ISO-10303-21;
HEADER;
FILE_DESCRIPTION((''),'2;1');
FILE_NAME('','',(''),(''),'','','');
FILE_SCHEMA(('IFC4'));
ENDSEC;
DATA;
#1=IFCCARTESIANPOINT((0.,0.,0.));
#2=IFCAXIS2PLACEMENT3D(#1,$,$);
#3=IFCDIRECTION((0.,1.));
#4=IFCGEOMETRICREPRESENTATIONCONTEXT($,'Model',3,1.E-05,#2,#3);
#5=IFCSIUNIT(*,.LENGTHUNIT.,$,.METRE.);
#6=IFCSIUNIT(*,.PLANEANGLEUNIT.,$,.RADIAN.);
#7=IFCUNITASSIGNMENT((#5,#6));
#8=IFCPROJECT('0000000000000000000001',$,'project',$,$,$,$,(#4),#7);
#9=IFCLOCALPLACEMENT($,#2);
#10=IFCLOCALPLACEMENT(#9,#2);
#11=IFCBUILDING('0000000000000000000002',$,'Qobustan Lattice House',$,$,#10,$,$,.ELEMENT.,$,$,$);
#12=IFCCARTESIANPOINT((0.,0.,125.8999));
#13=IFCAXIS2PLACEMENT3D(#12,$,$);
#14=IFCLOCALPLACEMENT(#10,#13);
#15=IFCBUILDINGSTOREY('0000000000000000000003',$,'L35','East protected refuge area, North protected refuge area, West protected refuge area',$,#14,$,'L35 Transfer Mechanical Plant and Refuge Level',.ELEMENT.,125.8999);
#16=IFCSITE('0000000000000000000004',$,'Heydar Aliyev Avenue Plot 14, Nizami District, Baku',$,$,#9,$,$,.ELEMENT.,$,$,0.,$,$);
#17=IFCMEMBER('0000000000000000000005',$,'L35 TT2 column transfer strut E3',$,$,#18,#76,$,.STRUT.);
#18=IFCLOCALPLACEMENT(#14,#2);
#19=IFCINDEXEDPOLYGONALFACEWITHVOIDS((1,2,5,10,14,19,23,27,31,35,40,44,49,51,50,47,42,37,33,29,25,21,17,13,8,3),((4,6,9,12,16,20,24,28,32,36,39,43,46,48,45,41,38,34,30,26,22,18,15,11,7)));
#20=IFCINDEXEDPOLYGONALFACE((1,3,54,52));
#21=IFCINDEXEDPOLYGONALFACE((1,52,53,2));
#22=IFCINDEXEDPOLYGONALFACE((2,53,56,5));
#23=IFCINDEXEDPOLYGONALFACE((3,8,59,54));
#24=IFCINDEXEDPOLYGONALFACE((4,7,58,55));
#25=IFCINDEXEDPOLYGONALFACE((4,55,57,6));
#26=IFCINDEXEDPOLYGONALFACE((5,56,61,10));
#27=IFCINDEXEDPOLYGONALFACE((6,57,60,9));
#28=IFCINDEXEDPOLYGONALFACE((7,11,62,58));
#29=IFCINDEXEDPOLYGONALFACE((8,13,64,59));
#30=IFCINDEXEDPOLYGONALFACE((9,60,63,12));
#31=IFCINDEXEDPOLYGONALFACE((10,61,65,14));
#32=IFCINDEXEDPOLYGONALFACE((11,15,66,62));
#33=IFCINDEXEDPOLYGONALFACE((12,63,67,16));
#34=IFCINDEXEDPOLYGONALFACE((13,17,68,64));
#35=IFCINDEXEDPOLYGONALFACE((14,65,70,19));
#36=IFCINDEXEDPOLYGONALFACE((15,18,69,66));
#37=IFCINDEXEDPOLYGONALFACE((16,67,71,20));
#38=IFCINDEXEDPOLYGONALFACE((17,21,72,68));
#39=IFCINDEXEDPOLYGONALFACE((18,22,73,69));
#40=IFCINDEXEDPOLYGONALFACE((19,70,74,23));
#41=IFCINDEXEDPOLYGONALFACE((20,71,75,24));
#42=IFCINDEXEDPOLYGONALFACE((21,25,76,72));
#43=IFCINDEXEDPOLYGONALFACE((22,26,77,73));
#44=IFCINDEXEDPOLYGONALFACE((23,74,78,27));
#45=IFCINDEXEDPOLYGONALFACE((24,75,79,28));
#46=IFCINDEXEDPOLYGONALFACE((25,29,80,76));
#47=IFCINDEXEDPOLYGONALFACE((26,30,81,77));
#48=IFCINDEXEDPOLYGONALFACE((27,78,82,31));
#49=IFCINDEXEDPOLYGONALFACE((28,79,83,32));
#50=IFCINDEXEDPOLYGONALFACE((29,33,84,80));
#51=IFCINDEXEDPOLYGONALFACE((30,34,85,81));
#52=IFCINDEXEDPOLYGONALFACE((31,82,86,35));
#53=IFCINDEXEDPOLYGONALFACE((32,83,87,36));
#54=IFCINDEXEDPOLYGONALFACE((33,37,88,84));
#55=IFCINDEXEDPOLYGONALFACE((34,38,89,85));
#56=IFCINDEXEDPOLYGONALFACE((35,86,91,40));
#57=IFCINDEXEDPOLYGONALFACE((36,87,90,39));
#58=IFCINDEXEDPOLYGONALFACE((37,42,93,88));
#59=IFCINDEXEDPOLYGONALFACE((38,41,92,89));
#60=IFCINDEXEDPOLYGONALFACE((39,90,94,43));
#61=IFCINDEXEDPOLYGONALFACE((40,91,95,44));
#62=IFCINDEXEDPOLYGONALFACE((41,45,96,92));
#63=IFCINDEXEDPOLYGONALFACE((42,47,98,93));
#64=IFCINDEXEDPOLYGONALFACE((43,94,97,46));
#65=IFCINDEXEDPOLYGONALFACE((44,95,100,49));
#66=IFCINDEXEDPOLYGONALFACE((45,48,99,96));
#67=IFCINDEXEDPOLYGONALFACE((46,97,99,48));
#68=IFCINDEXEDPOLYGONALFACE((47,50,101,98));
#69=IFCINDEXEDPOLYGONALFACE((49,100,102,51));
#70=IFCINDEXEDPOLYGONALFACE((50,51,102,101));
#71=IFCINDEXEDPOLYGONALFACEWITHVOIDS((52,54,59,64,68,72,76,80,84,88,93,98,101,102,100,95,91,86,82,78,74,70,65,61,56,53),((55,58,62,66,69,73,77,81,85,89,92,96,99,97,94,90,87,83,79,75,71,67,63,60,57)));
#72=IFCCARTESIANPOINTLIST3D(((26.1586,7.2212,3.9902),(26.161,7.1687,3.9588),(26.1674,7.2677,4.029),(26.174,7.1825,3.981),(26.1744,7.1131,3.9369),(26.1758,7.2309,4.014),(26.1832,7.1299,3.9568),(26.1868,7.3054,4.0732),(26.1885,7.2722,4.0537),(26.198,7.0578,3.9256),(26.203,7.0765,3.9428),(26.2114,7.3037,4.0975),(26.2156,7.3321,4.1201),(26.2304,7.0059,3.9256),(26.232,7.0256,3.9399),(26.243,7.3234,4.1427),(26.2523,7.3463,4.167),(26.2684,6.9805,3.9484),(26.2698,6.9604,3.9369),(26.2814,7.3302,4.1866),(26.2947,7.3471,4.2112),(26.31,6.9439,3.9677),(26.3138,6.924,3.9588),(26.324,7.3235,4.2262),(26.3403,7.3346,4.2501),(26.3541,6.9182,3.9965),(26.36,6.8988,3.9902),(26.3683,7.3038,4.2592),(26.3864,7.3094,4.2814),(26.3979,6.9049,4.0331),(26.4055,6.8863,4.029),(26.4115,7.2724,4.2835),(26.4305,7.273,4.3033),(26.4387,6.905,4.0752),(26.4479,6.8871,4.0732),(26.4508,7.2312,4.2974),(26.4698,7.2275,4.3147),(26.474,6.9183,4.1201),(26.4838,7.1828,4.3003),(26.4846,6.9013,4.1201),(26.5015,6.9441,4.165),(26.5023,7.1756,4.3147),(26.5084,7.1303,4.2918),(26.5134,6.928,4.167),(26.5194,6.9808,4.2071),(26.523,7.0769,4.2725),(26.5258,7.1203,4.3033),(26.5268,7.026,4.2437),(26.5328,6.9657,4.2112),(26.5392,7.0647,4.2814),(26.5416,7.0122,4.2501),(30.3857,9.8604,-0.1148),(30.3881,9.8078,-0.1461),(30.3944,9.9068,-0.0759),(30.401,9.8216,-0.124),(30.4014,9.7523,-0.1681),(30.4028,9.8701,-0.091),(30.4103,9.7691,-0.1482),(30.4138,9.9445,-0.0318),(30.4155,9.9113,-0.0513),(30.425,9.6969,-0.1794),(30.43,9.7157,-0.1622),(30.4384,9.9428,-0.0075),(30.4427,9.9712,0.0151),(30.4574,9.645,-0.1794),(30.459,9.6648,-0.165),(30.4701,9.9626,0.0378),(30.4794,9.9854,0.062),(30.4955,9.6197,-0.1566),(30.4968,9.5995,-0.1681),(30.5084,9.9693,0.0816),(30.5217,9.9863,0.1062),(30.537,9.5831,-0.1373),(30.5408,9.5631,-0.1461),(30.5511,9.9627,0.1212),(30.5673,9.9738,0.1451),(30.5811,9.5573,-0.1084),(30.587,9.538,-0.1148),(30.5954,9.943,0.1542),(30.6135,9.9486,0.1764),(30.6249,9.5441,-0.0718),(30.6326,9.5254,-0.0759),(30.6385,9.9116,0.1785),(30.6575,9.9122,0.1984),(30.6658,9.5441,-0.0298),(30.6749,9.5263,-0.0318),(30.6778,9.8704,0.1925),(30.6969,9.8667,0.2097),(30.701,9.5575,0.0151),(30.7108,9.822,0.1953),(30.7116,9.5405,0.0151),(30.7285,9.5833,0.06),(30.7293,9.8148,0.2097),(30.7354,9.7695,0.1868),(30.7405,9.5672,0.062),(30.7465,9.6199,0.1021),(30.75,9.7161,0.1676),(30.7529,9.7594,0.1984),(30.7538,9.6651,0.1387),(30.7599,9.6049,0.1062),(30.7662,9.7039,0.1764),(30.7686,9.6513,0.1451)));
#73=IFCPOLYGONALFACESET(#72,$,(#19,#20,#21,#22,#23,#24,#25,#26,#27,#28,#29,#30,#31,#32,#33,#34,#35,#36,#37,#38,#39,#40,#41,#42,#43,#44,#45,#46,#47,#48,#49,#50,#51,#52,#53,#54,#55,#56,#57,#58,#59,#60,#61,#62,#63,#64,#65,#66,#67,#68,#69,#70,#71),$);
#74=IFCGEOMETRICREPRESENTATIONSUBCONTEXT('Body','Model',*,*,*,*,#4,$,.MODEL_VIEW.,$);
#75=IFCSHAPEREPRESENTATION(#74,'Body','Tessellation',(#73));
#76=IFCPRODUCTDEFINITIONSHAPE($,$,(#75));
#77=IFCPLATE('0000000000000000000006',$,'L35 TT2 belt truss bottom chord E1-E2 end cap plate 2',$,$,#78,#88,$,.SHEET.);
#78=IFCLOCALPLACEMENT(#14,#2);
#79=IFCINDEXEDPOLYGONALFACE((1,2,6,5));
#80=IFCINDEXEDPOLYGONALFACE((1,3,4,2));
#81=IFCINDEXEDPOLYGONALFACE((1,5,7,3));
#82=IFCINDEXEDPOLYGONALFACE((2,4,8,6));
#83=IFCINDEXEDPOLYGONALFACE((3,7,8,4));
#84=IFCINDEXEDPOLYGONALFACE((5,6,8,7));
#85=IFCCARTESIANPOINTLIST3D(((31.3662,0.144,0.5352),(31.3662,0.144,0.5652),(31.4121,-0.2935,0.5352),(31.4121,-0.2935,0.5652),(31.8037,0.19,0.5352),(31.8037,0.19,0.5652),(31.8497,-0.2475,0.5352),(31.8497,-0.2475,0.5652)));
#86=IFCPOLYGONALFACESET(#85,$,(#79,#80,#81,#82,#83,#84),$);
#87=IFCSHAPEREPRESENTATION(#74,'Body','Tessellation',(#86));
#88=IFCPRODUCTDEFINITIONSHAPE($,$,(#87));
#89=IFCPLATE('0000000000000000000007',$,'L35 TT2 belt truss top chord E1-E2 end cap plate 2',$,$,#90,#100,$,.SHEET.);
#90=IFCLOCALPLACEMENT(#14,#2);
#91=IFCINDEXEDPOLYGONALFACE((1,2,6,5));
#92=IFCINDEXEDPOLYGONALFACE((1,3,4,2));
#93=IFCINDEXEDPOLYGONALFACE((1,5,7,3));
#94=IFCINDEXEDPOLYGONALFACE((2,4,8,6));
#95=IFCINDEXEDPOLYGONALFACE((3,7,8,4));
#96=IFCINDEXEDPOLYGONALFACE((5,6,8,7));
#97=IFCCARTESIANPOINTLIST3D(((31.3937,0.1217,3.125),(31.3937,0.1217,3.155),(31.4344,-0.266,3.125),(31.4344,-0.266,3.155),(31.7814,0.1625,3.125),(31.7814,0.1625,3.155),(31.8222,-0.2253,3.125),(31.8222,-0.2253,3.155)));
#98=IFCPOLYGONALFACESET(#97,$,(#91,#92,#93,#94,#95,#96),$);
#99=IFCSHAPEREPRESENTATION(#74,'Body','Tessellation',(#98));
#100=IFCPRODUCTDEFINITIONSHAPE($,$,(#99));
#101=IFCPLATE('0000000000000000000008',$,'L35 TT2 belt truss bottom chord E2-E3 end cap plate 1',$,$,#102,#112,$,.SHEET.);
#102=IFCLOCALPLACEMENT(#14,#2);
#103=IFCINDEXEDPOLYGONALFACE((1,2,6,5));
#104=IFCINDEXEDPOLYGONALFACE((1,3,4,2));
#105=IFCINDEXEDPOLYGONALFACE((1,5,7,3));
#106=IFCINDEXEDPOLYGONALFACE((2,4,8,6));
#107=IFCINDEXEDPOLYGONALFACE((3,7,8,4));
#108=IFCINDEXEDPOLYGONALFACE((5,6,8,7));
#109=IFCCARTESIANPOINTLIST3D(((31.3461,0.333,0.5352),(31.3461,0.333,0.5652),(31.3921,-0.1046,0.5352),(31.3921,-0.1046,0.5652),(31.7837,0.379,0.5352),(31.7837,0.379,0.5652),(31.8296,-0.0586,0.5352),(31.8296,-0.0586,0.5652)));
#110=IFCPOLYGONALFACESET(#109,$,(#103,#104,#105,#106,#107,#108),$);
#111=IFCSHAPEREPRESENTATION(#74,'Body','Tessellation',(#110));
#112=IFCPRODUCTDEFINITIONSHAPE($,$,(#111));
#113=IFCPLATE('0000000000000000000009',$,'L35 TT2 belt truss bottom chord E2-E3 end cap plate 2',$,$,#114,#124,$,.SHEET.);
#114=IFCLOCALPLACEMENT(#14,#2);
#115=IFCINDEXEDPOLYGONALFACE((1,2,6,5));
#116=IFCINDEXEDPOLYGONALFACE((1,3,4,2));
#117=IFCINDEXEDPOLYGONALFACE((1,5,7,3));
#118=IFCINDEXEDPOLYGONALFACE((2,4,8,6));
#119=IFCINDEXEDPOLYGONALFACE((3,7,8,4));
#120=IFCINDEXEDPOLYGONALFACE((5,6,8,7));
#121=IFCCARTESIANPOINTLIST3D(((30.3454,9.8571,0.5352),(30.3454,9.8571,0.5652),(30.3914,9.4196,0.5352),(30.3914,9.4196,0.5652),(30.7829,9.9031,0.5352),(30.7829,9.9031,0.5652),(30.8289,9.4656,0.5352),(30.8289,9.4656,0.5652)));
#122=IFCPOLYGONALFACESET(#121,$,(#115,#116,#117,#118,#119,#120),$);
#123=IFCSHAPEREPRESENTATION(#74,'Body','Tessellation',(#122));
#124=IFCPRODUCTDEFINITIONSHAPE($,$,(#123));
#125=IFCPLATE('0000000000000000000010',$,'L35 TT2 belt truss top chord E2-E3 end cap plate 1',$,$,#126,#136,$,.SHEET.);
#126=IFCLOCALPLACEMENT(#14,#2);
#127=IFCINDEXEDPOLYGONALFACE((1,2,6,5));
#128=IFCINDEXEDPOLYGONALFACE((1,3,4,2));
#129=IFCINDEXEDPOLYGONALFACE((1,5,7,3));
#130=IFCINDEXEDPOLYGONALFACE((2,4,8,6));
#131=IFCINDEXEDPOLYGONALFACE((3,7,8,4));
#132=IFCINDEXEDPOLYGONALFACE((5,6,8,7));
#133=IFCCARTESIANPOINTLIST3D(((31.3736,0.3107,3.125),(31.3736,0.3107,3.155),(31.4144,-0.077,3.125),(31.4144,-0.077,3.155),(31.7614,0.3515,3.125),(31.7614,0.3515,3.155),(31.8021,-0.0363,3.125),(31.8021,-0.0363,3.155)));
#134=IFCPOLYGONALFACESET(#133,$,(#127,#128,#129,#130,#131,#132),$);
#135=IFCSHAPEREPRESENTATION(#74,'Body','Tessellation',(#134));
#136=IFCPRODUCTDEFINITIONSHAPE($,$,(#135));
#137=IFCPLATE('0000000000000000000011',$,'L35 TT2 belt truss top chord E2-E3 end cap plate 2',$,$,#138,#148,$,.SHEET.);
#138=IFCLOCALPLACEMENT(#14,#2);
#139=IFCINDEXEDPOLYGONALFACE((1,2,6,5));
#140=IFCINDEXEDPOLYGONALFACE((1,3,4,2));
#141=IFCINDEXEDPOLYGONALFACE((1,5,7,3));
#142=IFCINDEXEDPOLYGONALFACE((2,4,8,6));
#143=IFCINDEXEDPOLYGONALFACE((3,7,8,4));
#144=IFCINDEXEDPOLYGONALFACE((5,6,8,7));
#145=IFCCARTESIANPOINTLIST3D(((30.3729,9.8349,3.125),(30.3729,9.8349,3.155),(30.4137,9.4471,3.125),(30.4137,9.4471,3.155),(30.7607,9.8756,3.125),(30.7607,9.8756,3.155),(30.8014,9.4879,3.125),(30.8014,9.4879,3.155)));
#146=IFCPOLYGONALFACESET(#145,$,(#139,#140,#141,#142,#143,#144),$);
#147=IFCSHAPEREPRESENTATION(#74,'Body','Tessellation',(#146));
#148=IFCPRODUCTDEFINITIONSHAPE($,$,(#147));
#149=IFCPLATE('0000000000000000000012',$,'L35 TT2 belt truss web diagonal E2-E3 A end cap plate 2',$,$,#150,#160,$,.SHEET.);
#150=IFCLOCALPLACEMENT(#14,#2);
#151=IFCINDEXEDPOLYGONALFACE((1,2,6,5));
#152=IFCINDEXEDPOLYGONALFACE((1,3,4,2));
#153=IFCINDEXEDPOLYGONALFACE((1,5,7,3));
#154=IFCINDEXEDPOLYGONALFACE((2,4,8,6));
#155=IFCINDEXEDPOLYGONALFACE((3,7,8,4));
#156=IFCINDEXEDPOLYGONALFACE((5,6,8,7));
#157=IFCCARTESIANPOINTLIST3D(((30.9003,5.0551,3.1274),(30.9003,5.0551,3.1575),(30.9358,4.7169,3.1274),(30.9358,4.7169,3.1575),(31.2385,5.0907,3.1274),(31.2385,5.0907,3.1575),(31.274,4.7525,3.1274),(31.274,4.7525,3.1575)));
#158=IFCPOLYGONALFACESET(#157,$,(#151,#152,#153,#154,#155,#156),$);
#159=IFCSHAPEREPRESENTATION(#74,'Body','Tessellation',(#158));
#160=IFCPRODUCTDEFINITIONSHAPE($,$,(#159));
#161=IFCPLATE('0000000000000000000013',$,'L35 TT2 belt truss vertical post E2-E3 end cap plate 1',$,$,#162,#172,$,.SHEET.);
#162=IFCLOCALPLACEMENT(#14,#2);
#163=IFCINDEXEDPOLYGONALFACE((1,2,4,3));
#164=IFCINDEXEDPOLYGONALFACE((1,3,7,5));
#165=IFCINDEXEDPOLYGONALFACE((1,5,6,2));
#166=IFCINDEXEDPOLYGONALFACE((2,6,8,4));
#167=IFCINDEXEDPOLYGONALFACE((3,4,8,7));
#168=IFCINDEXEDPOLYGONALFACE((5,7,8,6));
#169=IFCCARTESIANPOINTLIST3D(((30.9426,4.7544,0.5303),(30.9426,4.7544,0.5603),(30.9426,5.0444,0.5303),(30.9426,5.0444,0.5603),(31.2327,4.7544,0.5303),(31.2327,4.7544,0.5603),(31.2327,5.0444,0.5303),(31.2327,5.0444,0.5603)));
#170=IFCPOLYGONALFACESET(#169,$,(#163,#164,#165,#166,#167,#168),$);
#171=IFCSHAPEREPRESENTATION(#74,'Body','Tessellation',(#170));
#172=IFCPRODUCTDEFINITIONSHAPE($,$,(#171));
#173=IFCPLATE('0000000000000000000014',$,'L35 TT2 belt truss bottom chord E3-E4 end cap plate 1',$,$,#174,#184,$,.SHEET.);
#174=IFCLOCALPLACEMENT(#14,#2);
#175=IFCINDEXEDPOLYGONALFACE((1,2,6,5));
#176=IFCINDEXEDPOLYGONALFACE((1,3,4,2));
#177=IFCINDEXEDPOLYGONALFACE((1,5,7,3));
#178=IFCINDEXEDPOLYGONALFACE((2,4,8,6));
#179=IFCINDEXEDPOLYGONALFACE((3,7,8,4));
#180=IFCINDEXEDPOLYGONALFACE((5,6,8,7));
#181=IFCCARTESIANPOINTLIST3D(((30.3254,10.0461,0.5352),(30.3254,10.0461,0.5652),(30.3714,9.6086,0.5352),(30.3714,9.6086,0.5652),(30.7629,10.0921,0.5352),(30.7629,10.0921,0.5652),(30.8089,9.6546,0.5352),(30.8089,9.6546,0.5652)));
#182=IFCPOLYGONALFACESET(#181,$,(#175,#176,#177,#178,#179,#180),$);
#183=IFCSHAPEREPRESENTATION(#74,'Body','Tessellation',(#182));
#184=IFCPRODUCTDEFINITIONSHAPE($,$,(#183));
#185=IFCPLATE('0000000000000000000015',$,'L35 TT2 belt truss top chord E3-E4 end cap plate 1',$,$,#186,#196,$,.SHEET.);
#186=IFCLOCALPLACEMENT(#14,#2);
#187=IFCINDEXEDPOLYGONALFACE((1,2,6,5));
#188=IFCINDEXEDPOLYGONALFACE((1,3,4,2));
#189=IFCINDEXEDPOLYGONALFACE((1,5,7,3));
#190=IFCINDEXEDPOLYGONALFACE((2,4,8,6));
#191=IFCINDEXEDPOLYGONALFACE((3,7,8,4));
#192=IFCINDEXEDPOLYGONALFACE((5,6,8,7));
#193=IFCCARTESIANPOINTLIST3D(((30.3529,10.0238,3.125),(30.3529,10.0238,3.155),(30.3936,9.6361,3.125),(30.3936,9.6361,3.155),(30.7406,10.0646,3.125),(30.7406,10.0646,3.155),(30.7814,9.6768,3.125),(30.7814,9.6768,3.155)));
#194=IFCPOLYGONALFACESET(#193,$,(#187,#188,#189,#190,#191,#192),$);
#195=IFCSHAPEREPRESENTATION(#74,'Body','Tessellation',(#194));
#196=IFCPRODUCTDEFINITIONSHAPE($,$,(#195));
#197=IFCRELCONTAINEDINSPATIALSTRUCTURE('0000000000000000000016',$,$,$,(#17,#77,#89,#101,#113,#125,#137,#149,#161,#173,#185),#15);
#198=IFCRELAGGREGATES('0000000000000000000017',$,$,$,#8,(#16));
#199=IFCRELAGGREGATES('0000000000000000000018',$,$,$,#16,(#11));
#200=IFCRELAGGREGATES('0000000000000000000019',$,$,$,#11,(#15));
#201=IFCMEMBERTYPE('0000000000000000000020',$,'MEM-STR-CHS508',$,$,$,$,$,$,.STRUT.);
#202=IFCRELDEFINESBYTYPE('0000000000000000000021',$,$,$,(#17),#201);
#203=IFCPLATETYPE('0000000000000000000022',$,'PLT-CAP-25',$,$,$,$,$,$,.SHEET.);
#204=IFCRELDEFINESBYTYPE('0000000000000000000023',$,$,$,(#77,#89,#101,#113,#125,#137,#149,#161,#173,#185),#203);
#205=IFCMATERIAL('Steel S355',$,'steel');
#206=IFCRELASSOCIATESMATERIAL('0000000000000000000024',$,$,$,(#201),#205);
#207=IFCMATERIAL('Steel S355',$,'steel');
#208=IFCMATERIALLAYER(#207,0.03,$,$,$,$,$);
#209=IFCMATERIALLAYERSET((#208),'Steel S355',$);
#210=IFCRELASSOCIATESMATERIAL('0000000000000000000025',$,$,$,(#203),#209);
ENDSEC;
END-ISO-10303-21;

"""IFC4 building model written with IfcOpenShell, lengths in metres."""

from ifc_helpers import new_model, si_unit, direction, frame, origin, origin_2d, place, context, subcontext, project, spatial, rectangle, hollow_circle, extrude, material, layer, layer_set, material_profile, profile_set, type_object, element, save


model = new_model("IFC4")

# Units and contexts
model_context = context("Model", 3, precision=1e-05, world=origin(), true_north=direction((0.0, 1.0)))
body_context = subcontext(model_context, "Body", "Model", "MODEL_VIEW")
ifc_project = project(units=[si_unit("LENGTHUNIT", "METRE"), si_unit("PLANEANGLEUNIT", "RADIAN")], contexts=[model_context])

# Site, building, storey
site_placement = place(None, origin())
site = spatial("IfcSite", under=ifc_project, at=site_placement, Name="Heydar Aliyev Avenue Plot 14, Nizami District, Baku", CompositionType="ELEMENT", RefElevation=0.0)
building_placement = place(site_placement, origin())
building = spatial("IfcBuilding", under=site, at=building_placement, Name="Qobustan Lattice House", CompositionType="ELEMENT")
storey_placement = place(building_placement, frame((0.0, 0.0, 125.8999)))
storey = spatial("IfcBuildingStorey", under=building, at=storey_placement, Name="L35", Description="East protected refuge area, North protected refuge area, West protected refuge area", LongName="L35 Transfer Mechanical Plant and Refuge Level", CompositionType="ELEMENT", Elevation=125.8999)

# Member
ifc_material_1 = material(Name="Steel S355", Category="steel")
ifc_material_profile_1 = material_profile(ifc_material_1, hollow_circle(Radius=0.2539, WallThickness=0.02, at=origin_2d()), Name="CHS508x20")
ifc_profile_set_1 = profile_set([ifc_material_profile_1], Name="Steel S355")
member_type_1 = type_object("IfcMemberType", Name="MEM-STR-CHS508", PredefinedType="STRUT", material=ifc_profile_set_1)
member_1_placement = place(storey_placement, frame((30.5771, 9.7559, 0.0151), z_axis=(-0.654716, -0.408772, 0.635809), x_axis=(0.529603, -0.848246, 0.0)))
element("IfcMember", 1, at=member_1_placement, inside=storey, type_object=member_type_1, Name="L35 TT2 column transfer strut E3", PredefinedType="STRUT", context=body_context, shape_type="SweptSolid", body=[
    extrude(hollow_circle(Radius=0.2539, WallThickness=0.02, at=origin_2d()), origin(), (0.0, 0.0, 1.0), 6.4563),
])

# Plates
ifc_material_2 = material(Name="Steel S355", Category="steel")
ifc_layer_1 = layer(ifc_material_2, 0.03)
ifc_layer_set_1 = layer_set([ifc_layer_1], Name="Steel S355")
plate_type = type_object("IfcPlateType", Name="PLT-CAP-25", PredefinedType="SHEET", material=ifc_layer_set_1)
plate_1_placement = place(storey_placement, frame((31.6079, -0.0518, 0.5352), z_axis=(0.0, 0.0, 1.0), x_axis=(-0.104528, 0.994522, 0.0)))
element("IfcPlate", 2, at=plate_1_placement, inside=storey, type_object=plate_type, Name="L35 TT2 belt truss bottom chord E1-E2 end cap plate 2", PredefinedType="SHEET", context=body_context, shape_type="SweptSolid", body=[
    extrude(rectangle(XDim=0.4399, YDim=0.4399, at=origin_2d()), origin(), (0.0, 0.0, 1.0), 0.03),
])
plate_2_placement = place(storey_placement, frame((31.6079, -0.0518, 3.125), z_axis=(0.0, 0.0, 1.0), x_axis=(-0.104528, 0.994522, 0.0)))
element("IfcPlate", 3, at=plate_2_placement, inside=storey, type_object=plate_type, Name="L35 TT2 belt truss top chord E1-E2 end cap plate 2", PredefinedType="SHEET", context=body_context, shape_type="SweptSolid", body=[
    extrude(rectangle(XDim=0.3899, YDim=0.3899, at=origin_2d()), origin(), (0.0, 0.0, 1.0), 0.03),
])
for number, where, z_axis, x_axis, name in (
    (4, (31.5879, 0.1372, 0.5352), (0.0, 0.0, 1.0), (-0.104528, 0.994522, 0.0), "L35 TT2 belt truss bottom chord E2-E3 end cap plate 1"),
    (5, (30.5872, 9.6614, 0.5352), (0.0, 0.0, 1.0), (-0.104528, 0.994522, 0.0), "L35 TT2 belt truss bottom chord E2-E3 end cap plate 2"),
):
    element("IfcPlate", number, at=place(storey_placement, frame(where, z_axis=z_axis, x_axis=x_axis)), inside=storey, type_object=plate_type, Name=name, PredefinedType="SHEET", context=body_context, shape_type="SweptSolid", body=[
        extrude(rectangle(XDim=0.4399, YDim=0.4399, at=origin_2d()), origin(), (0.0, 0.0, 1.0), 0.03),
    ])
for number, where, z_axis, x_axis, name in (
    (6, (31.5879, 0.1372, 3.125), (0.0, 0.0, 1.0), (-0.104528, 0.994522, 0.0), "L35 TT2 belt truss top chord E2-E3 end cap plate 1"),
    (7, (30.5872, 9.6614, 3.125), (0.0, 0.0, 1.0), (-0.104528, 0.994522, 0.0), "L35 TT2 belt truss top chord E2-E3 end cap plate 2"),
):
    element("IfcPlate", number, at=place(storey_placement, frame(where, z_axis=z_axis, x_axis=x_axis)), inside=storey, type_object=plate_type, Name=name, PredefinedType="SHEET", context=body_context, shape_type="SweptSolid", body=[
        extrude(rectangle(XDim=0.3899, YDim=0.3899, at=origin_2d()), origin(), (0.0, 0.0, 1.0), 0.03),
    ])
plate_3_placement = place(storey_placement, frame((31.0872, 4.9038, 3.1274), z_axis=(0.0, 0.0, 1.0), x_axis=(-0.104511, 0.994524, 0.0)))
element("IfcPlate", 8, at=plate_3_placement, inside=storey, type_object=plate_type, Name="L35 TT2 belt truss web diagonal E2-E3 A end cap plate 2", PredefinedType="SHEET", context=body_context, shape_type="SweptSolid", body=[
    extrude(rectangle(XDim=0.3401, YDim=0.3401, at=origin_2d()), origin(), (0.0, 0.0, 1.0), 0.03),
])
plate_4_placement = place(storey_placement, frame((31.0876, 4.8994, 0.5303), z_axis=(0.0, 0.0, 1.0), x_axis=(1.0, 0.0, 0.0)))
element("IfcPlate", 9, at=plate_4_placement, inside=storey, type_object=plate_type, Name="L35 TT2 belt truss vertical post E2-E3 end cap plate 1", PredefinedType="SHEET", context=body_context, shape_type="SweptSolid", body=[
    extrude(rectangle(XDim=0.29, YDim=0.29, at=origin_2d()), origin(), (0.0, 0.0, 1.0), 0.03),
])
plate_5_placement = place(storey_placement, frame((30.5671, 9.8503, 0.5352), z_axis=(0.0, 0.0, 1.0), x_axis=(-0.104528, 0.994522, 0.0)))
element("IfcPlate", 10, at=plate_5_placement, inside=storey, type_object=plate_type, Name="L35 TT2 belt truss bottom chord E3-E4 end cap plate 1", PredefinedType="SHEET", context=body_context, shape_type="SweptSolid", body=[
    extrude(rectangle(XDim=0.4399, YDim=0.4399, at=origin_2d()), origin(), (0.0, 0.0, 1.0), 0.03),
])
plate_6_placement = place(storey_placement, frame((30.5671, 9.8503, 3.125), z_axis=(0.0, 0.0, 1.0), x_axis=(-0.104528, 0.994522, 0.0)))
element("IfcPlate", 11, at=plate_6_placement, inside=storey, type_object=plate_type, Name="L35 TT2 belt truss top chord E3-E4 end cap plate 1", PredefinedType="SHEET", context=body_context, shape_type="SweptSolid", body=[
    extrude(rectangle(XDim=0.3899, YDim=0.3899, at=origin_2d()), origin(), (0.0, 0.0, 1.0), 0.03),
])

save(model, "model.ifc")
